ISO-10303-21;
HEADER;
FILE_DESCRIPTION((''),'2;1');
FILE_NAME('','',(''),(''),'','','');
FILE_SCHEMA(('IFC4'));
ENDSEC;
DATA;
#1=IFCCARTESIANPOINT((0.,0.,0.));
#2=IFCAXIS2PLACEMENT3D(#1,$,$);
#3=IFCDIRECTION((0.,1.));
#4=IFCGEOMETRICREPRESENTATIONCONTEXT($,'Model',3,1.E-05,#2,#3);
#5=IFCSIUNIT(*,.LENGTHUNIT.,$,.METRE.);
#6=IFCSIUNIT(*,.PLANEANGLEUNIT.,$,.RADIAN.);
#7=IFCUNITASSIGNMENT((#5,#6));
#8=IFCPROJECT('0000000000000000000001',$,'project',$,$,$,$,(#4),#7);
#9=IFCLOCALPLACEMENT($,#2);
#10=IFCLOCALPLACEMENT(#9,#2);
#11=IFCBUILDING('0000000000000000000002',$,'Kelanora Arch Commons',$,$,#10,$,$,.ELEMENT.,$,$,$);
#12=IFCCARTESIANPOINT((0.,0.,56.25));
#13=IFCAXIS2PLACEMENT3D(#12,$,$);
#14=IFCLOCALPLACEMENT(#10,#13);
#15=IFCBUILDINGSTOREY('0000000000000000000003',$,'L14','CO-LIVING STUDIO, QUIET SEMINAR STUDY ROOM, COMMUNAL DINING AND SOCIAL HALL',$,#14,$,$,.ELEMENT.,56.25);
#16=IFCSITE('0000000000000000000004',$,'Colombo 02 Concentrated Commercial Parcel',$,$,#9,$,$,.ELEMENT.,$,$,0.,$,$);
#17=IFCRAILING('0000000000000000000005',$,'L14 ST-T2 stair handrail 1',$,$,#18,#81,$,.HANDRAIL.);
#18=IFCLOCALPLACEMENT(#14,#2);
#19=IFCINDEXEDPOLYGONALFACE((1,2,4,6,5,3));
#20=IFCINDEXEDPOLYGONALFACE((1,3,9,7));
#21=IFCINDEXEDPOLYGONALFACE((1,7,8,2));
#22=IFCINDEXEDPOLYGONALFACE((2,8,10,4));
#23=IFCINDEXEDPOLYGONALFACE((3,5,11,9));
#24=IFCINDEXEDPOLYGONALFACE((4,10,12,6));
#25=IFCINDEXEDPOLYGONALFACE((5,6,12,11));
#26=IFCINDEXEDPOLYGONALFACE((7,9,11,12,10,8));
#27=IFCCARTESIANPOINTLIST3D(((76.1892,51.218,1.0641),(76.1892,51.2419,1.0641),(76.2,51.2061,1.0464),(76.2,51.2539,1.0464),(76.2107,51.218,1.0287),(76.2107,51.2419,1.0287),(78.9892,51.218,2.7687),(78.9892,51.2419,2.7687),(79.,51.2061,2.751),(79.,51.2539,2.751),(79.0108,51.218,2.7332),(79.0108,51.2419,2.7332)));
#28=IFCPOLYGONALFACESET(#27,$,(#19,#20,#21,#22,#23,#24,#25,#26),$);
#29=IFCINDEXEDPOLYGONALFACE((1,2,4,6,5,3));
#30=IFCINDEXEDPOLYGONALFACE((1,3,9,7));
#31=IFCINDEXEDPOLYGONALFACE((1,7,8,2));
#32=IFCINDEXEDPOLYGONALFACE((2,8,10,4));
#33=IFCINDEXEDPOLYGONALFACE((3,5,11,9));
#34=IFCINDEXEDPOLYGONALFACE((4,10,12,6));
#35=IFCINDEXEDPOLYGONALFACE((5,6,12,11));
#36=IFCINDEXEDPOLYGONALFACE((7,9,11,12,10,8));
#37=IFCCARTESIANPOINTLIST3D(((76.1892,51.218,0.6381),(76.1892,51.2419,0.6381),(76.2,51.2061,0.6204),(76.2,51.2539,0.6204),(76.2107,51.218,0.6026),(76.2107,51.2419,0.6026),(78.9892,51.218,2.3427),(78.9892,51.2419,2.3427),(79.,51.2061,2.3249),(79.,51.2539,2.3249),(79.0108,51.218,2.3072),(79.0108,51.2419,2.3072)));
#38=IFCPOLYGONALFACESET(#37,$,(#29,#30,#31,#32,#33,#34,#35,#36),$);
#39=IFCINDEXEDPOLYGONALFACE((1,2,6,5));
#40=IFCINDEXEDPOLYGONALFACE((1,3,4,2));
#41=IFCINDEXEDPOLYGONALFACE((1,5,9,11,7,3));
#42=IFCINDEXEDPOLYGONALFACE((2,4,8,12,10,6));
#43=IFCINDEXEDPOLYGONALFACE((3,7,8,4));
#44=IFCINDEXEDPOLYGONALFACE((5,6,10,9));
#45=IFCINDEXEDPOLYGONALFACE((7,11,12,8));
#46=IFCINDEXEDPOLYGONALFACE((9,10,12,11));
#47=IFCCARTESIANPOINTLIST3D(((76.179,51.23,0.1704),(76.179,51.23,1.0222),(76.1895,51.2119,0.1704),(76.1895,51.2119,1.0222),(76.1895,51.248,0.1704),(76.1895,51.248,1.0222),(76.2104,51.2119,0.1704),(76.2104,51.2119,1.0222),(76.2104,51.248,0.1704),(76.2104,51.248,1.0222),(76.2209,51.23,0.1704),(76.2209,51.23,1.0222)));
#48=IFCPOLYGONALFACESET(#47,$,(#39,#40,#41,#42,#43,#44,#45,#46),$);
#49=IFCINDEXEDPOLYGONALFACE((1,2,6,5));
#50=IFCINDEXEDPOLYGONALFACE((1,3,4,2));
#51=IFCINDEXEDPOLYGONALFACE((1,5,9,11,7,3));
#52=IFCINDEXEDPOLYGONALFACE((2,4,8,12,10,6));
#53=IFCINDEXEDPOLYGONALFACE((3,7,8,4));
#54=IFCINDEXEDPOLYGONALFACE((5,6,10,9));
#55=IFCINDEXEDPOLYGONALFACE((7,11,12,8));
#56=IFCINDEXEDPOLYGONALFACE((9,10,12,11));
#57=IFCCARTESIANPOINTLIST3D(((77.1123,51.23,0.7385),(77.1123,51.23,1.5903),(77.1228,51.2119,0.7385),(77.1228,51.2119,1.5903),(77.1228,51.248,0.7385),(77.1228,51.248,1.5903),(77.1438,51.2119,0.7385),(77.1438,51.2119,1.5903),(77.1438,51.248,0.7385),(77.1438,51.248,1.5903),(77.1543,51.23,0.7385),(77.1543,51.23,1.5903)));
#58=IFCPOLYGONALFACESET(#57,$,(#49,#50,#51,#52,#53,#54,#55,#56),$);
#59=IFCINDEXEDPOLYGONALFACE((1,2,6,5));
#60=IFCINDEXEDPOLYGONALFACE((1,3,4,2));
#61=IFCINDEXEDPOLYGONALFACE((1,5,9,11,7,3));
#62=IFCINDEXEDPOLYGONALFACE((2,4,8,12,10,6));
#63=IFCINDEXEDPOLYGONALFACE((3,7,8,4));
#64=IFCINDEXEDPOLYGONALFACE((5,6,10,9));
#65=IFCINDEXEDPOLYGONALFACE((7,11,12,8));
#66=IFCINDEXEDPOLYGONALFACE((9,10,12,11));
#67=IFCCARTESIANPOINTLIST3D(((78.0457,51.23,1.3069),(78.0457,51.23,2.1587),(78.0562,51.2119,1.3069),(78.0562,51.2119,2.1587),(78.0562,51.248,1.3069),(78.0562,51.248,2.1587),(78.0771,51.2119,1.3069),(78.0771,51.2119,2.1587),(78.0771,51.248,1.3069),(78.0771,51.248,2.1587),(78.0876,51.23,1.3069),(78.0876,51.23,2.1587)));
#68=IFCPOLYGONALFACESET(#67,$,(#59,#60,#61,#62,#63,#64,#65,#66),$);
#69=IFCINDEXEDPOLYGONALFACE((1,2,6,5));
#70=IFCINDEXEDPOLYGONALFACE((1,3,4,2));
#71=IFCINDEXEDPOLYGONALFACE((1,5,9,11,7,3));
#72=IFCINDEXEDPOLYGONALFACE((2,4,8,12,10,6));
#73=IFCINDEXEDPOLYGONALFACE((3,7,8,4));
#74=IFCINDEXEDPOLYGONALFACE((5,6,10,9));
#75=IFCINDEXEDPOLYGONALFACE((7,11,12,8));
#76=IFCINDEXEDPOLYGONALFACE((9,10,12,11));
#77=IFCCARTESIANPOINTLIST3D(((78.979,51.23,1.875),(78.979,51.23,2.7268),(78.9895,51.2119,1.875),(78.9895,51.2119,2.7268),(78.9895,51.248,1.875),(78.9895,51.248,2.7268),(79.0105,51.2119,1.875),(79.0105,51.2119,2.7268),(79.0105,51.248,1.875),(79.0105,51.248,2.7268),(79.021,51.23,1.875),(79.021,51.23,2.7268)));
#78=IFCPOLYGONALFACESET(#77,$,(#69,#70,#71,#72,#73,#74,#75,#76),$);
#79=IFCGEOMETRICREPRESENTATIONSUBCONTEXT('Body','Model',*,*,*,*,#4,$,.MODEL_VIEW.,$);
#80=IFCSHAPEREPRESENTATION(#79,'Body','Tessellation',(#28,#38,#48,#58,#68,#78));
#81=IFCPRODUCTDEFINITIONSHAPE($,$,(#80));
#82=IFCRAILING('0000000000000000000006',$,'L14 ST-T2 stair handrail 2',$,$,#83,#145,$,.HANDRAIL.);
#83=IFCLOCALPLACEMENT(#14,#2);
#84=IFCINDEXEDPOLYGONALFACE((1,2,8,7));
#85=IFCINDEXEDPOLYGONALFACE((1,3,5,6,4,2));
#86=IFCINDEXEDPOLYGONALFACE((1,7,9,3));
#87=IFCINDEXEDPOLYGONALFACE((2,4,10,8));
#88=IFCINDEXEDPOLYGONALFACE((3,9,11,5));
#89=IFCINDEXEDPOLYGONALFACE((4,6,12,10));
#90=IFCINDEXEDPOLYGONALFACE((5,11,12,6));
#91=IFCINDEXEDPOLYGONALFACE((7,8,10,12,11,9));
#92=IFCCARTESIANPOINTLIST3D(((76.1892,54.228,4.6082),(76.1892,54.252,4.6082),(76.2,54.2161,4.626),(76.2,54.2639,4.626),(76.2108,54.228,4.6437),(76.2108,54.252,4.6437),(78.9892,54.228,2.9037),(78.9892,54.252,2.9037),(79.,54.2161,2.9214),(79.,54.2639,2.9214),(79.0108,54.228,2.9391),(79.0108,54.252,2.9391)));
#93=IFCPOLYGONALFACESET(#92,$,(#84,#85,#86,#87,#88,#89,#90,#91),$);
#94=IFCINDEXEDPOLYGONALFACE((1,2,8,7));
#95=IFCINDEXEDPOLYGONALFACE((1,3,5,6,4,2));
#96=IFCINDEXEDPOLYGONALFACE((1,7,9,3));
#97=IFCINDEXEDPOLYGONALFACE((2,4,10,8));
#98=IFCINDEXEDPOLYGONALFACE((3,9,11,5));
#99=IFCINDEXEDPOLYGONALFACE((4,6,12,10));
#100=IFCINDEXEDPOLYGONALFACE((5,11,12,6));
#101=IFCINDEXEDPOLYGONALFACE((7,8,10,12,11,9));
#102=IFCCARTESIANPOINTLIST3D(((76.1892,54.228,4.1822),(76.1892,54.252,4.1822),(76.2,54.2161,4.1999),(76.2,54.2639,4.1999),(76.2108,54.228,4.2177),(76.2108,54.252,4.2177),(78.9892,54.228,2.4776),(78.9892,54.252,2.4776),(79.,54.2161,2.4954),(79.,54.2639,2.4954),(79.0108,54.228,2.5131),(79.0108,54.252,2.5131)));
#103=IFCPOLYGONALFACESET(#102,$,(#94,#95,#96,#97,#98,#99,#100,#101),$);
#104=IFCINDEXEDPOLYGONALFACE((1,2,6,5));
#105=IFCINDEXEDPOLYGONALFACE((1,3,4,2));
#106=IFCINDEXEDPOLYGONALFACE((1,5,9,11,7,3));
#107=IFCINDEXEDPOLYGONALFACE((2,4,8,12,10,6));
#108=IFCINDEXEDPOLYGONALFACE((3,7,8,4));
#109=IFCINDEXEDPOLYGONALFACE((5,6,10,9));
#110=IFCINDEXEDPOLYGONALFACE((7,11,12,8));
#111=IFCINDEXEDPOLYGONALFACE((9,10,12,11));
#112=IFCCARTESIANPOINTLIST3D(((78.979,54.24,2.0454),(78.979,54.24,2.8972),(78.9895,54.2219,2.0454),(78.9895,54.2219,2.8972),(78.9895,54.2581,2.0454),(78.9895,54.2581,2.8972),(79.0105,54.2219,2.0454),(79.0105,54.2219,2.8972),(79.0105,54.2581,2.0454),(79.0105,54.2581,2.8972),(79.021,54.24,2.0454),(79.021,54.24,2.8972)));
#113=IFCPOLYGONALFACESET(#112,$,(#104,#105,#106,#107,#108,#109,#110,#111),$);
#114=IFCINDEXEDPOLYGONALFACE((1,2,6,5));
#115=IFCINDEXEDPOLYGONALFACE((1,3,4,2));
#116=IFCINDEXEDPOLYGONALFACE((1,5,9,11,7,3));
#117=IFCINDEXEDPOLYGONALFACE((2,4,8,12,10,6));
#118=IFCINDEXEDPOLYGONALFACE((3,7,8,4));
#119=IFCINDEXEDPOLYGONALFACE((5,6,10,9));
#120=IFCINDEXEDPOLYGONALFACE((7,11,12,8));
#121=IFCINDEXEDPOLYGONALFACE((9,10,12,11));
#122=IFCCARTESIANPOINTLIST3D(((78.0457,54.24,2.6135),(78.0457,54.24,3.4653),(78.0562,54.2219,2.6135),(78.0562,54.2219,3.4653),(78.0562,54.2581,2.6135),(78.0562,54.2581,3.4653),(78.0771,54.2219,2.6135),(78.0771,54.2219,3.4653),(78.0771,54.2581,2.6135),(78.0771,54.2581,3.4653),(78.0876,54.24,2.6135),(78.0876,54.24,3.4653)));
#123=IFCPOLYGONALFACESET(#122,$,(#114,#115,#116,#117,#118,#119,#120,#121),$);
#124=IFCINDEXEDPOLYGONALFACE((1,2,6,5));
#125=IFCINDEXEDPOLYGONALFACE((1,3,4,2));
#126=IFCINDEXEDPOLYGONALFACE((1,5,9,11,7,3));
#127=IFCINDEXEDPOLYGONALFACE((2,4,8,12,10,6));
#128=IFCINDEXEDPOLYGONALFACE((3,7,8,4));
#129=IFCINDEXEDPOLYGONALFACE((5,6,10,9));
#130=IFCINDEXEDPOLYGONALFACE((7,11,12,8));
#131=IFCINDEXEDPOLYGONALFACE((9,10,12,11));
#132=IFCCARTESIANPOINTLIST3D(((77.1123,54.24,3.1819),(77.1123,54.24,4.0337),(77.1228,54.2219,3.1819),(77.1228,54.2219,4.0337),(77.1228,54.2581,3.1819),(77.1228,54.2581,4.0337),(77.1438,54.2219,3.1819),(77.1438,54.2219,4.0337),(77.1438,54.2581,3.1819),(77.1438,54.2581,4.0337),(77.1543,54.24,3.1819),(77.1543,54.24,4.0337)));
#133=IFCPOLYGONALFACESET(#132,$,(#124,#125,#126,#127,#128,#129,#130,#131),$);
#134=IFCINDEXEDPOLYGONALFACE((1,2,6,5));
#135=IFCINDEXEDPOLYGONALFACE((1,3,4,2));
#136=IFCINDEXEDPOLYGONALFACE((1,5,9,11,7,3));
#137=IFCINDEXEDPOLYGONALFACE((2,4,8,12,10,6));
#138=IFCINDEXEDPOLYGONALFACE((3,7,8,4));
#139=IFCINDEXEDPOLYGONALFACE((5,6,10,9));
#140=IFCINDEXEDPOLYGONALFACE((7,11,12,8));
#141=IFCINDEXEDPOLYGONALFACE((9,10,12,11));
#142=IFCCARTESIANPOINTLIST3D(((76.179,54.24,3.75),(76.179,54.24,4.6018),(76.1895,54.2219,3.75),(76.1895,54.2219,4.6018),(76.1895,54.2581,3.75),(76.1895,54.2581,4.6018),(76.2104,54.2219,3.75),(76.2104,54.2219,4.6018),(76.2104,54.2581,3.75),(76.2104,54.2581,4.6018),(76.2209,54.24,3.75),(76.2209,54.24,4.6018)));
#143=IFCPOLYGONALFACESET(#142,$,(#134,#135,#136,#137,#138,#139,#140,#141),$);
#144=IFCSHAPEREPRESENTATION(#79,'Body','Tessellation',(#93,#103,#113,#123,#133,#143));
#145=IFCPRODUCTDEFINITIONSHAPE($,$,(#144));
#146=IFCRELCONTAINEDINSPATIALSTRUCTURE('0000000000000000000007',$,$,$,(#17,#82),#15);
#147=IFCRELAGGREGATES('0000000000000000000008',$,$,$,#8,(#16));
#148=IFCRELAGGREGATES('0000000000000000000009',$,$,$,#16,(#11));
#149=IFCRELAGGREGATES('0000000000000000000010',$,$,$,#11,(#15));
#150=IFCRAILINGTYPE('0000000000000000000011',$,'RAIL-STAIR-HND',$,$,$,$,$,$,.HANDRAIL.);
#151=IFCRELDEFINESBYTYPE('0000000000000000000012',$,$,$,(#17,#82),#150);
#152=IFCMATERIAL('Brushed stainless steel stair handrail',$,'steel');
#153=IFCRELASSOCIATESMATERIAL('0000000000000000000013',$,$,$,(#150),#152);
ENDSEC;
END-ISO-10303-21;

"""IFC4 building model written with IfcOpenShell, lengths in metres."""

from ifc_helpers import new_model, si_unit, direction, frame, origin, place, context, subcontext, project, spatial, polyline, outline, extrude, material, type_object, element, save


model = new_model("IFC4")

# Units and contexts
model_context = context("Model", 3, precision=1e-05, world=origin(), true_north=direction((0.0, 1.0)))
body_context = subcontext(model_context, "Body", "Model", "MODEL_VIEW")
ifc_project = project(units=[si_unit("LENGTHUNIT", "METRE"), si_unit("PLANEANGLEUNIT", "RADIAN")], contexts=[model_context])

# Site, building, storey
site_placement = place(None, origin())
site = spatial("IfcSite", under=ifc_project, at=site_placement, Name="Colombo 02 Concentrated Commercial Parcel", CompositionType="ELEMENT", RefElevation=0.0)
building_placement = place(site_placement, origin())
building = spatial("IfcBuilding", under=site, at=building_placement, Name="Kelanora Arch Commons", CompositionType="ELEMENT")
storey_placement = place(building_placement, frame((0.0, 0.0, 56.25)))
storey = spatial("IfcBuildingStorey", under=building, at=storey_placement, Name="L14", Description="CO-LIVING STUDIO, QUIET SEMINAR STUDY ROOM, COMMUNAL DINING AND SOCIAL HALL", CompositionType="ELEMENT", Elevation=56.25)

# Railings
ifc_material_1 = material(Name="Brushed stainless steel stair handrail", Category="steel")
railing_type_1 = type_object("IfcRailingType", Name="RAIL-STAIR-HND", PredefinedType="HANDRAIL", material=ifc_material_1)
railing_1_placement = place(storey_placement, frame((76.2, 51.23, 0.1704)))
element("IfcRailing", 1, at=railing_1_placement, inside=storey, type_object=railing_type_1, Name="L14 ST-T2 stair handrail 1", PredefinedType="HANDRAIL", context=body_context, shape_type="SweptSolid", body=[
    extrude(outline(polyline([(0.0239, 0.0), (0.012, 0.0208), (-0.012, 0.0208), (-0.0239, 0.0), (-0.012, -0.0208), (0.012, -0.0208), (0.0239, 0.0)])), frame((0.0, 0.0, 0.876), z_axis=(0.85417, 0.0, 0.519994), x_axis=(0.0, 1.0, 0.0)), (0.0, 0.0, 1.0), 3.2781),
    extrude(outline(polyline([(0.0239, 0.0), (0.012, 0.0208), (-0.012, 0.0208), (-0.0239, 0.0), (-0.012, -0.0208), (0.012, -0.0208), (0.0239, 0.0)])), frame((0.0, 0.0, 0.45), z_axis=(0.85417, 0.0, 0.519994), x_axis=(0.0, 1.0, 0.0)), (0.0, 0.0, 1.0), 3.2781),
    extrude(outline(polyline([(0.021, 0.0), (0.0105, 0.0181), (-0.0105, 0.0181), (-0.021, 0.0), (-0.0105, -0.0181), (0.0105, -0.0181), (0.021, 0.0)])), origin(), (0.0, 0.0, 1.0), 0.8518),
    extrude(outline(polyline([(0.021, 0.0), (0.0105, 0.0181), (-0.0105, 0.0181), (-0.021, 0.0), (-0.0105, -0.0181), (0.0105, -0.0181), (0.021, 0.0)])), frame((0.9333, 0.0, 0.5681)), (0.0, 0.0, 1.0), 0.8518),
    extrude(outline(polyline([(0.021, 0.0), (0.0105, 0.0181), (-0.0105, 0.0181), (-0.021, 0.0), (-0.0105, -0.0181), (0.0105, -0.0181), (0.021, 0.0)])), frame((1.8667, 0.0, 1.1365)), (0.0, 0.0, 1.0), 0.8518),
    extrude(outline(polyline([(0.021, 0.0), (0.0105, 0.0181), (-0.0105, 0.0181), (-0.021, 0.0), (-0.0105, -0.0181), (0.0105, -0.0181), (0.021, 0.0)])), frame((2.8, 0.0, 1.7046)), (0.0, 0.0, 1.0), 0.8518),
])
railing_2_placement = place(storey_placement, frame((79.0, 54.24, 2.0454)))
element("IfcRailing", 2, at=railing_2_placement, inside=storey, type_object=railing_type_1, Name="L14 ST-T2 stair handrail 2", PredefinedType="HANDRAIL", context=body_context, shape_type="SweptSolid", body=[
    extrude(outline(polyline([(0.0239, 0.0), (0.012, 0.0208), (-0.012, 0.0208), (-0.0239, 0.0), (-0.012, -0.0208), (0.012, -0.0208), (0.0239, 0.0)])), frame((0.0, 0.0, 0.876), z_axis=(-0.85417, 0.0, 0.519994), x_axis=(0.0, -1.0, 0.0)), (0.0, 0.0, 1.0), 3.2781),
    extrude(outline(polyline([(0.0239, 0.0), (0.012, 0.0208), (-0.012, 0.0208), (-0.0239, 0.0), (-0.012, -0.0208), (0.012, -0.0208), (0.0239, 0.0)])), frame((0.0, 0.0, 0.45), z_axis=(-0.85417, 0.0, 0.519994), x_axis=(0.0, -1.0, 0.0)), (0.0, 0.0, 1.0), 3.2781),
    extrude(outline(polyline([(0.021, 0.0), (0.0105, 0.0181), (-0.0105, 0.0181), (-0.021, 0.0), (-0.0105, -0.0181), (0.0105, -0.0181), (0.021, 0.0)])), origin(), (0.0, 0.0, 1.0), 0.8518),
    extrude(outline(polyline([(0.021, 0.0), (0.0105, 0.0181), (-0.0105, 0.0181), (-0.021, 0.0), (-0.0105, -0.0181), (0.0105, -0.0181), (0.021, 0.0)])), frame((-0.9333, 0.0, 0.5681)), (0.0, 0.0, 1.0), 0.8518),
    extrude(outline(polyline([(0.021, 0.0), (0.0105, 0.0181), (-0.0105, 0.0181), (-0.021, 0.0), (-0.0105, -0.0181), (0.0105, -0.0181), (0.021, 0.0)])), frame((-1.8667, 0.0, 1.1365)), (0.0, 0.0, 1.0), 0.8518),
    extrude(outline(polyline([(0.021, 0.0), (0.0105, 0.0181), (-0.0105, 0.0181), (-0.021, 0.0), (-0.0105, -0.0181), (0.0105, -0.0181), (0.021, 0.0)])), frame((-2.8, 0.0, 1.7046)), (0.0, 0.0, 1.0), 0.8518),
])

save(model, "model.ifc")
